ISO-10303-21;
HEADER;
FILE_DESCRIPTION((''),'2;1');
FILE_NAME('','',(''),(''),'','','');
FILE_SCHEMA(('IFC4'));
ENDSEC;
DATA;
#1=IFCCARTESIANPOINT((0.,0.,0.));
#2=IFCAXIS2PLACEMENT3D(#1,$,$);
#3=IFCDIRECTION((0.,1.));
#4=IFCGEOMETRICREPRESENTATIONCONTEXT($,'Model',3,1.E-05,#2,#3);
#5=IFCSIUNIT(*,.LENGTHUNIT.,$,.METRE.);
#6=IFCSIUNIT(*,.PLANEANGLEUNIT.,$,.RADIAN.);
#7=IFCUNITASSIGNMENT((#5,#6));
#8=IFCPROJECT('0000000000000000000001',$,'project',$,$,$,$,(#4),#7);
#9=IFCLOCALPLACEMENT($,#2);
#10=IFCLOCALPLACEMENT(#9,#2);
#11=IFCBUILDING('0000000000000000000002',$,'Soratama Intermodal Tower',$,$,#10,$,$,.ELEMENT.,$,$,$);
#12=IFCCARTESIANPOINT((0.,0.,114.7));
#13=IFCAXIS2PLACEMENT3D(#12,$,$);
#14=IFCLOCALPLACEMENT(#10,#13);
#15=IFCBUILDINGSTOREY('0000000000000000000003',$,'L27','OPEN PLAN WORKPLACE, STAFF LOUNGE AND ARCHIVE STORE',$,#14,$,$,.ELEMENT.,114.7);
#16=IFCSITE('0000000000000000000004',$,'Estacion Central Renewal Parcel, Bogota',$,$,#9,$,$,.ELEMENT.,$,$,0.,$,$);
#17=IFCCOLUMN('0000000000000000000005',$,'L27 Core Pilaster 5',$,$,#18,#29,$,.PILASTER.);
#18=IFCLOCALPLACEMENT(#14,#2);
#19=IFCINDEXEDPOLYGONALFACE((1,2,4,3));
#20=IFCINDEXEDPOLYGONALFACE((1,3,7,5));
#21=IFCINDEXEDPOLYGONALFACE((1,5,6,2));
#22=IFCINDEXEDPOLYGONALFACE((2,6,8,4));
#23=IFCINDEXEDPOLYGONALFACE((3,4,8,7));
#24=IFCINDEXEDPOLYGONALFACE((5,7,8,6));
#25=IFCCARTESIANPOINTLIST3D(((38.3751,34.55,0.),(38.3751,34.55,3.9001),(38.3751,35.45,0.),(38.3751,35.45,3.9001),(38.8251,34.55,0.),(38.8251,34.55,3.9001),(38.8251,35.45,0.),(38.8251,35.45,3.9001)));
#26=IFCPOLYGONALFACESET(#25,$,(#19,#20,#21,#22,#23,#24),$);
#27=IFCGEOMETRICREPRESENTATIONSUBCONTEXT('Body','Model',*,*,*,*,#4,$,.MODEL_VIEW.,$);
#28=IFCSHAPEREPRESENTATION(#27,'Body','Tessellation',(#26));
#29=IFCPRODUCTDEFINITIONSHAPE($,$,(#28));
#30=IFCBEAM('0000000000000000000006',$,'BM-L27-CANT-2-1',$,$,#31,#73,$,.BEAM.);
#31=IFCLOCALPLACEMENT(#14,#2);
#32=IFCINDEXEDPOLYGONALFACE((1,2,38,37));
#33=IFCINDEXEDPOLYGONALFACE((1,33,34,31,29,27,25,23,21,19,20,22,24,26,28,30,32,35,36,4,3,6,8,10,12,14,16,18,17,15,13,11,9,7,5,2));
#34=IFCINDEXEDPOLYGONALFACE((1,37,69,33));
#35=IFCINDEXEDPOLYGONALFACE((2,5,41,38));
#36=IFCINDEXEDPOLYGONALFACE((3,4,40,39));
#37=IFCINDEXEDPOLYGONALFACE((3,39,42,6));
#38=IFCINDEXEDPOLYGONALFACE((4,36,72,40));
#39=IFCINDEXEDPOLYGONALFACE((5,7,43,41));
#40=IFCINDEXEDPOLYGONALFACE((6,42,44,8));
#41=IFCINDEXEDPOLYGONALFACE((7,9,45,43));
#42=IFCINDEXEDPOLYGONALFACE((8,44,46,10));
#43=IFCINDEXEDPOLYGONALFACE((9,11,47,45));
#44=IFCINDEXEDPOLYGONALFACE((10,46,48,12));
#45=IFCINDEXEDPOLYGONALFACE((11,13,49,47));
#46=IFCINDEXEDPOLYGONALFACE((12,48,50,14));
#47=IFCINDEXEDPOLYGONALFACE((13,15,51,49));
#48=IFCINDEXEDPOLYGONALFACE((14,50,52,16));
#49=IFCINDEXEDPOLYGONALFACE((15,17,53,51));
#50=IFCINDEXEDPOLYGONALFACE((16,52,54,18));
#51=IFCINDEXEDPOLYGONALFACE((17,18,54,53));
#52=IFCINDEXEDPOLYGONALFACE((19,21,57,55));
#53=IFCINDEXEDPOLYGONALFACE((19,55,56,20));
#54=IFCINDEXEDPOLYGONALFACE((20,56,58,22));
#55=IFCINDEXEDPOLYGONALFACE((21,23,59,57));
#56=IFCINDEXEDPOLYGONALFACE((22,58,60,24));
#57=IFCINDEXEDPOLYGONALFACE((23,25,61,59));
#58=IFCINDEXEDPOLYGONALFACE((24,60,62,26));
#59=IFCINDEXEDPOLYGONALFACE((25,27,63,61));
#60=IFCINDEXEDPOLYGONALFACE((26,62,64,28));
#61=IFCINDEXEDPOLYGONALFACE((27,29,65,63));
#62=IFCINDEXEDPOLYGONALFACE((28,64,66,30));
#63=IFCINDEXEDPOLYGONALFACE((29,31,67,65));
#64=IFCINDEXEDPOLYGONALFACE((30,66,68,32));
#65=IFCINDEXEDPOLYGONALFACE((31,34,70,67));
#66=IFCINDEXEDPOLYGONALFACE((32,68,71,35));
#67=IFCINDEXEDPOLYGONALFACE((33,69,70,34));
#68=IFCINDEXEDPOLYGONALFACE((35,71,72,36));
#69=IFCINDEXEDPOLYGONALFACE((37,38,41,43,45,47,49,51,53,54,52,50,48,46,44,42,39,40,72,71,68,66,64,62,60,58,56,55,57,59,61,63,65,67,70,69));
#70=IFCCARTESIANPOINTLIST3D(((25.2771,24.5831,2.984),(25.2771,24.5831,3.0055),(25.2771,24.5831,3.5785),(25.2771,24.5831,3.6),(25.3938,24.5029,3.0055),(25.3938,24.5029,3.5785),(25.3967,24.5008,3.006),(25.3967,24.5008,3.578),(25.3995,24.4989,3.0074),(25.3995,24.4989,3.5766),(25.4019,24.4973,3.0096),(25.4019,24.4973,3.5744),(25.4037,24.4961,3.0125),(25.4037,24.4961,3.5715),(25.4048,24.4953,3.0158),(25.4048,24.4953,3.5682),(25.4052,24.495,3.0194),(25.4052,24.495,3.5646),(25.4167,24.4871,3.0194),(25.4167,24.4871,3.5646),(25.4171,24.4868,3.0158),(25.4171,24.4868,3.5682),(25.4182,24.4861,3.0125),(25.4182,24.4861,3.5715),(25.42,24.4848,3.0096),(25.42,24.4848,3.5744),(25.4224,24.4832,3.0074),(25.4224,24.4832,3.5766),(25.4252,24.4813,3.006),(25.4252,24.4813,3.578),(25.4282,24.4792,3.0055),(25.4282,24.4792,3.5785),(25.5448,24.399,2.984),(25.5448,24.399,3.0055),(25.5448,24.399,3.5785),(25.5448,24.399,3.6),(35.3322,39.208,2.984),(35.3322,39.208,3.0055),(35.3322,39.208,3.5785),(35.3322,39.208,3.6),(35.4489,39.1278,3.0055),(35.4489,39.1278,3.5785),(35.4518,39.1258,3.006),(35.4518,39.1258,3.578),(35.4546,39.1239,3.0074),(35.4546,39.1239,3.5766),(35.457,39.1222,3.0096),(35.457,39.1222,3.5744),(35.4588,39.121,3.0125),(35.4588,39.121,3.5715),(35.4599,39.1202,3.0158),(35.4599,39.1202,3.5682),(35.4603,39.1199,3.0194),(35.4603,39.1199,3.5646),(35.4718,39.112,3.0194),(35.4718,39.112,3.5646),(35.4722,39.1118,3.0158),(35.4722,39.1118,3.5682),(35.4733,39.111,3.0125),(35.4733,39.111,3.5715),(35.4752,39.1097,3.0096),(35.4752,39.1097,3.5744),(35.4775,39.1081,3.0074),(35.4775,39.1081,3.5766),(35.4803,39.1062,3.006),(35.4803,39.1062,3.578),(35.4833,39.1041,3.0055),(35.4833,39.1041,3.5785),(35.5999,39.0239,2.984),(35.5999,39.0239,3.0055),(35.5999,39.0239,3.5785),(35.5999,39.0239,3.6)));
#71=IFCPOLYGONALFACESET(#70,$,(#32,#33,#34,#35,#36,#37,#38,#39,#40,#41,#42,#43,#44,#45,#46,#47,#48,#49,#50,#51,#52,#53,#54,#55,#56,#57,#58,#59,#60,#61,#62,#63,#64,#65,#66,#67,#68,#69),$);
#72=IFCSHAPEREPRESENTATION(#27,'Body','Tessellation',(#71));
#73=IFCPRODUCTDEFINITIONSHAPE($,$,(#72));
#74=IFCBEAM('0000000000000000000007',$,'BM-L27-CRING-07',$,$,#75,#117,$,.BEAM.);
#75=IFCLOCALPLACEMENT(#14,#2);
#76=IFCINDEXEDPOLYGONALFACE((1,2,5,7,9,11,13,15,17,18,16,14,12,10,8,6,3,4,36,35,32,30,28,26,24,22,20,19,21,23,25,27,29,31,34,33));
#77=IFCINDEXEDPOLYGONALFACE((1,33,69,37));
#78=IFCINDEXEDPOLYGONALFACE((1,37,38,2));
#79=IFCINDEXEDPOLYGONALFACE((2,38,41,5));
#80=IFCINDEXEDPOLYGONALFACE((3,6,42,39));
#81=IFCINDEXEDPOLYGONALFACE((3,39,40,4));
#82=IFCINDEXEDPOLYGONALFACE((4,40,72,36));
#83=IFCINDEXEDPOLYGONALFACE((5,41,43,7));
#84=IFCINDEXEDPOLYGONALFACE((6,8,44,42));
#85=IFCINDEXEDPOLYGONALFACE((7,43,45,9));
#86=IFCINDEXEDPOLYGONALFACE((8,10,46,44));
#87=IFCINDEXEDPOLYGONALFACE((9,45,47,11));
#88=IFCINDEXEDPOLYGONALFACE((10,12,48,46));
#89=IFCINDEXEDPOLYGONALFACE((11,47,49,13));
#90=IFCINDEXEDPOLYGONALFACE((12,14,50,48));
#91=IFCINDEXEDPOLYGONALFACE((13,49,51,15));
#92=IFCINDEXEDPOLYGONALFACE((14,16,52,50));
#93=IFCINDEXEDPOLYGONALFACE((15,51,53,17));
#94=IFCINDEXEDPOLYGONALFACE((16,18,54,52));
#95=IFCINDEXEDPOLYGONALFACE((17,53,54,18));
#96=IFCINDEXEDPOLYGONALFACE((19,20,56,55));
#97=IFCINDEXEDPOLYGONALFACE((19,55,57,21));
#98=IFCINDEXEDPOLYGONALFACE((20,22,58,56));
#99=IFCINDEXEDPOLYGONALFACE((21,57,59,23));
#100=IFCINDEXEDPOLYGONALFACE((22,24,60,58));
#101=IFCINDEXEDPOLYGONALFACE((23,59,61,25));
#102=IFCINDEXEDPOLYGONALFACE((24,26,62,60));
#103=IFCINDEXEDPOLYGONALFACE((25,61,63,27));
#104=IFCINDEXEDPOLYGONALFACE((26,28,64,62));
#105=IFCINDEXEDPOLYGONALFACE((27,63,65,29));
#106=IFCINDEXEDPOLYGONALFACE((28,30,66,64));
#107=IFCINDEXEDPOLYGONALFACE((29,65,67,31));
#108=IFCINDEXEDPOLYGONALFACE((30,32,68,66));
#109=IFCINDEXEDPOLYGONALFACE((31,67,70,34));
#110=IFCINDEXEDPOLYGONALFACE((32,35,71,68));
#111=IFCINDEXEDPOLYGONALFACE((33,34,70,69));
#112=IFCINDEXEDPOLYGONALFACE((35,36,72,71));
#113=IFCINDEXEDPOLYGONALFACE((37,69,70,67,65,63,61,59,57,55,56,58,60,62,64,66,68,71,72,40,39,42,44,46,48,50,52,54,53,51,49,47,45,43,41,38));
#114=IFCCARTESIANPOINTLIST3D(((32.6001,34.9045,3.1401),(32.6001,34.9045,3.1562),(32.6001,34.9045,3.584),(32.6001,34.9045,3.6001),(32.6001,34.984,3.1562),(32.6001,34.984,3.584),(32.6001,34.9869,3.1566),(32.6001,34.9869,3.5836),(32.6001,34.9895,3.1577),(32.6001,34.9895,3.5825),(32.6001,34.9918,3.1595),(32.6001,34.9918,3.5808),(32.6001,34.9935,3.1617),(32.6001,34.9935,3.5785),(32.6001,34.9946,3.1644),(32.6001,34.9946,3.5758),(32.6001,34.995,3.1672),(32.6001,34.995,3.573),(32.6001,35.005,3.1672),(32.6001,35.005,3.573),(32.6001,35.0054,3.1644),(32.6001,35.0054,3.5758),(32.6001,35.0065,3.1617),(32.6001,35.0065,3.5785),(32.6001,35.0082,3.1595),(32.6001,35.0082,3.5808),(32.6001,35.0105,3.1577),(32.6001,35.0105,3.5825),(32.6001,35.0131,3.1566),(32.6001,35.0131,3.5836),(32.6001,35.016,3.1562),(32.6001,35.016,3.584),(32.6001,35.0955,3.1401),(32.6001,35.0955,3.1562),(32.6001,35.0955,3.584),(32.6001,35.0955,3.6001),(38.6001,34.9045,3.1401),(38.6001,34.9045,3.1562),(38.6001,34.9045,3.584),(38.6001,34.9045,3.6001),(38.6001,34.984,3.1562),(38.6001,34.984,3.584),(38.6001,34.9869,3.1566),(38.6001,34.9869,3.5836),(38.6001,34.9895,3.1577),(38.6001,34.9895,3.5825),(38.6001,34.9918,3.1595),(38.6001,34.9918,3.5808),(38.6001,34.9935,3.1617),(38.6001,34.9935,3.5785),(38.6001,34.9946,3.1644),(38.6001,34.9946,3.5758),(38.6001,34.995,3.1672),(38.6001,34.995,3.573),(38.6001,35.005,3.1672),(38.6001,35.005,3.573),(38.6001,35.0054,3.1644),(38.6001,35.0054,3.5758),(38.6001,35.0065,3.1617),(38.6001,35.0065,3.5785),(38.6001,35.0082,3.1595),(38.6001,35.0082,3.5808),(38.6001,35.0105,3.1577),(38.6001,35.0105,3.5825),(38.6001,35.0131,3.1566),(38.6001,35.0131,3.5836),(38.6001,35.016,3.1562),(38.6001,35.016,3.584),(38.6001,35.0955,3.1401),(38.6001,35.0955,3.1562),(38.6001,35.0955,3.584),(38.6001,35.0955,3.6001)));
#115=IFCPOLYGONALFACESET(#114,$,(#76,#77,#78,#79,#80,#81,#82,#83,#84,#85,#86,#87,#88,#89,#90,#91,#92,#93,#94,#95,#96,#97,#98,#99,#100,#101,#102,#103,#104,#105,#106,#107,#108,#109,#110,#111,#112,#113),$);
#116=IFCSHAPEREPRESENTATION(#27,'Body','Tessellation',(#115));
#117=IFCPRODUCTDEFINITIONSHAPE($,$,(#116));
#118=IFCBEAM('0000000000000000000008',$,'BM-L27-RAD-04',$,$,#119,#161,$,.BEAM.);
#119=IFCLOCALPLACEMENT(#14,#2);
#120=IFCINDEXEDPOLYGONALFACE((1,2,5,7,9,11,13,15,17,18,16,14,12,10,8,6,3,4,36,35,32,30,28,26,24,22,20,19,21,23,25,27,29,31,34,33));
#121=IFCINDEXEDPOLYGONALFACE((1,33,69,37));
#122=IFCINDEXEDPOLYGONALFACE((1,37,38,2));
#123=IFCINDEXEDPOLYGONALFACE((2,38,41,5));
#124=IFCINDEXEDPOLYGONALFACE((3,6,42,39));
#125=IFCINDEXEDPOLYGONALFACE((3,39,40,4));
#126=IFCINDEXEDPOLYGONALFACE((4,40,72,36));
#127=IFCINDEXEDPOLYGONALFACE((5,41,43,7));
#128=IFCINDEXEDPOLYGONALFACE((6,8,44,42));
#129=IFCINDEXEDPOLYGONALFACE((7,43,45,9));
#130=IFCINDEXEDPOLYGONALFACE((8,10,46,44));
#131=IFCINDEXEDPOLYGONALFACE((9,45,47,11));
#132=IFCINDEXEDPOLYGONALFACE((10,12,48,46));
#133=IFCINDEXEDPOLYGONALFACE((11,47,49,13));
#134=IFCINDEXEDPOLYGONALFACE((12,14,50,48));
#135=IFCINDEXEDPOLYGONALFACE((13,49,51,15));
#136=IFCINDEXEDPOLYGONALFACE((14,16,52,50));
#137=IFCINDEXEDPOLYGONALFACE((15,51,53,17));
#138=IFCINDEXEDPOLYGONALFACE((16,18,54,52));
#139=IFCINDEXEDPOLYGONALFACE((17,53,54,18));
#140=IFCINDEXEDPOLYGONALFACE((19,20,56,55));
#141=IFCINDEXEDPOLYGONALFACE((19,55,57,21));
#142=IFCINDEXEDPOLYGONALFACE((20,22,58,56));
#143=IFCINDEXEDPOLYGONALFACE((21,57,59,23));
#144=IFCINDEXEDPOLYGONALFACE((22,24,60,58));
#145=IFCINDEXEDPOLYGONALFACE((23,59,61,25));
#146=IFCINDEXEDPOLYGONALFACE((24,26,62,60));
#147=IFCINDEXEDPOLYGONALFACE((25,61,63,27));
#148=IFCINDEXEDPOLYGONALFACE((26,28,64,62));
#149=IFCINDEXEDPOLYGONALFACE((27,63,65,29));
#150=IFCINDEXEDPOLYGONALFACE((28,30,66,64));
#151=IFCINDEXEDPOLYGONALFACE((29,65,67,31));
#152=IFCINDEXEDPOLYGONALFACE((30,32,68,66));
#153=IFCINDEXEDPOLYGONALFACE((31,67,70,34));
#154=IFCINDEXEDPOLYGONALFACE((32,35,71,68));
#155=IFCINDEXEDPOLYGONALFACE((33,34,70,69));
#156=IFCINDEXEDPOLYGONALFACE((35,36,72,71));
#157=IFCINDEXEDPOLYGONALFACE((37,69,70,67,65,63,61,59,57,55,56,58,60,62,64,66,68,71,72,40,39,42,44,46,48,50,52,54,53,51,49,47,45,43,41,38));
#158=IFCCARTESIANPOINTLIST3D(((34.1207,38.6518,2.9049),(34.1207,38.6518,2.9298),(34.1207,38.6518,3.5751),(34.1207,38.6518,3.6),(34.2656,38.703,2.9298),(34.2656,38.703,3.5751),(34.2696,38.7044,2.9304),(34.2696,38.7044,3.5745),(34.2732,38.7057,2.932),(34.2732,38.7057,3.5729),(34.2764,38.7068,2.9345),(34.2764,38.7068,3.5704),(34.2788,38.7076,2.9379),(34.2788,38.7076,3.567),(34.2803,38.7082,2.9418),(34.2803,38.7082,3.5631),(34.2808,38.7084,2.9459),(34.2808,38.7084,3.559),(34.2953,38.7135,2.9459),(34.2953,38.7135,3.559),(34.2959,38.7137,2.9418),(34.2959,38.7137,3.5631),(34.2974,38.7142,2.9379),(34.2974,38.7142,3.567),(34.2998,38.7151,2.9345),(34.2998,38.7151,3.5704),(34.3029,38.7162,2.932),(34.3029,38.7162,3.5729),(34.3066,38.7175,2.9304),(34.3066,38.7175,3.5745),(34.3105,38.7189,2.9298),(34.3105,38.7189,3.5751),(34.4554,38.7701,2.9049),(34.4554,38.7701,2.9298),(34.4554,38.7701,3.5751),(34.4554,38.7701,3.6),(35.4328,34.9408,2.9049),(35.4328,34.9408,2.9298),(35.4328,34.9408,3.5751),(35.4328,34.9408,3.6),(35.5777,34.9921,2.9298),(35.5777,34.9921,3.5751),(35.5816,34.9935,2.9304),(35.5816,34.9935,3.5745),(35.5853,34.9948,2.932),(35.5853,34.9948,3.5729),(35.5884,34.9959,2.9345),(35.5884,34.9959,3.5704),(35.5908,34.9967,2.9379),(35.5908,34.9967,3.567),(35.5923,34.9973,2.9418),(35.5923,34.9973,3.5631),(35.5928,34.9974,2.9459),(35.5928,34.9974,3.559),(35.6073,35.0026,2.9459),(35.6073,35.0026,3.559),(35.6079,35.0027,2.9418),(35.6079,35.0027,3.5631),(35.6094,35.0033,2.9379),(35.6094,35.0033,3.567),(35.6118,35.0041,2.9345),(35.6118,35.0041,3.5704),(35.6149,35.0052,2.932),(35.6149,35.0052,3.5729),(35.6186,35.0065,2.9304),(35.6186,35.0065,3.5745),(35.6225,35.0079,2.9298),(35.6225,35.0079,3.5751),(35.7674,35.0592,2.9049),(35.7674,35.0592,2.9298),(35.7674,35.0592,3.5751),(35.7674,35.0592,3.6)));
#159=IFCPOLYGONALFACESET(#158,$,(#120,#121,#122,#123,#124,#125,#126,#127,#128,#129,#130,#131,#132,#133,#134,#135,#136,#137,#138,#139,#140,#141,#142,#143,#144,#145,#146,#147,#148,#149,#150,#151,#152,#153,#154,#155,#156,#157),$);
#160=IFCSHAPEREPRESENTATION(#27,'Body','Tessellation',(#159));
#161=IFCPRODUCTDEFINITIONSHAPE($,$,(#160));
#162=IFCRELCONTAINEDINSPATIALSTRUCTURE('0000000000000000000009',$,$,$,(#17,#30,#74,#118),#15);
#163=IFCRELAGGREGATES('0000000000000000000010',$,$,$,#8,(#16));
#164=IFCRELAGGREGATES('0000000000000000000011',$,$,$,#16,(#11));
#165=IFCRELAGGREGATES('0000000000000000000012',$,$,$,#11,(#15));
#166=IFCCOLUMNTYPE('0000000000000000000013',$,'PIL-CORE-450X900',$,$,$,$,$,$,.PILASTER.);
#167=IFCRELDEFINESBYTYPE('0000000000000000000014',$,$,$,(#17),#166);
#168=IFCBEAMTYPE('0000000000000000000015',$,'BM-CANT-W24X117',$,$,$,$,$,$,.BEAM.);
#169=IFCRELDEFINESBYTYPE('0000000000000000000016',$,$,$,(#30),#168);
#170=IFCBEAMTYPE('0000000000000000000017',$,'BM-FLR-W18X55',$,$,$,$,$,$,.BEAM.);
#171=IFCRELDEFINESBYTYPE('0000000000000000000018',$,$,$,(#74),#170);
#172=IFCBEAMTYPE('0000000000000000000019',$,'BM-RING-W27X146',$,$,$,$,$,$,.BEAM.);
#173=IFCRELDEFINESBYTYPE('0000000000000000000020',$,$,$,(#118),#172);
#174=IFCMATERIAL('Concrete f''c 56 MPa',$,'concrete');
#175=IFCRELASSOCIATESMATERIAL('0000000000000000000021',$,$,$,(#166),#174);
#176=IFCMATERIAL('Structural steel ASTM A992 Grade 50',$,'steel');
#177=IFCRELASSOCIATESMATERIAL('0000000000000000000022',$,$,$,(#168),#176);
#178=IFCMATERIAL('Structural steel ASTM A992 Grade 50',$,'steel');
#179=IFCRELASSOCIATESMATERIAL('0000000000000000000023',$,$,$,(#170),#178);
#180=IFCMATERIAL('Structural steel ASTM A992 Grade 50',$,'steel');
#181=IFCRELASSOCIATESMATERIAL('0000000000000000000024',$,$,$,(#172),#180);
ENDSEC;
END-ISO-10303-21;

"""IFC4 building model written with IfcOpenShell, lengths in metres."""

from ifc_helpers import new_model, si_unit, direction, frame, origin, origin_2d, place, context, subcontext, project, spatial, rectangle, i_section, extrude, material, material_profile, profile_set, type_object, element, save


model = new_model("IFC4")

# Units and contexts
model_context = context("Model", 3, precision=1e-05, world=origin(), true_north=direction((0.0, 1.0)))
body_context = subcontext(model_context, "Body", "Model", "MODEL_VIEW")
ifc_project = project(units=[si_unit("LENGTHUNIT", "METRE"), si_unit("PLANEANGLEUNIT", "RADIAN")], contexts=[model_context])

# Site, building, storey
site_placement = place(None, origin())
site = spatial("IfcSite", under=ifc_project, at=site_placement, Name="Estacion Central Renewal Parcel, Bogota", CompositionType="ELEMENT", RefElevation=0.0)
building_placement = place(site_placement, origin())
building = spatial("IfcBuilding", under=site, at=building_placement, Name="Soratama Intermodal Tower", CompositionType="ELEMENT")
storey_placement = place(building_placement, frame((0.0, 0.0, 114.7)))
storey = spatial("IfcBuildingStorey", under=building, at=storey_placement, Name="L27", Description="OPEN PLAN WORKPLACE, STAFF LOUNGE AND ARCHIVE STORE", CompositionType="ELEMENT", Elevation=114.7)

# Column
ifc_material_1 = material(Name="Concrete f'c 56 MPa", Category="concrete")
ifc_material_profile_1 = material_profile(ifc_material_1, rectangle(XDim=0.45, YDim=0.8999, at=origin_2d()), Name="RC450X900")
ifc_profile_set_1 = profile_set([ifc_material_profile_1], Name="Concrete f'c 56 MPa")
column_type = type_object("IfcColumnType", Name="PIL-CORE-450X900", PredefinedType="PILASTER", material=ifc_profile_set_1)
column_placement = place(storey_placement, frame((38.6001, 35.0, 0.0), z_axis=(0.0, 0.0, 1.0), x_axis=(1.0, 0.0, 0.0)))
element("IfcColumn", 1, at=column_placement, inside=storey, type_object=column_type, Name="L27 Core Pilaster 5", PredefinedType="PILASTER", context=body_context, shape_type="SweptSolid", body=[
    extrude(rectangle(XDim=0.45, YDim=0.8999, at=origin_2d()), origin(), (0.0, 0.0, 1.0), 3.9001),
])

# Beams
ifc_material_2 = material(Name="Structural steel ASTM A992 Grade 50", Category="steel")
ifc_material_profile_2 = material_profile(ifc_material_2, i_section(OverallWidth=0.325, OverallDepth=0.616, WebThickness=0.0139, FlangeThickness=0.0215, FilletRadius=0.0139, at=origin_2d()), Name="W24X117")
ifc_profile_set_2 = profile_set([ifc_material_profile_2], Name="Structural steel ASTM A992 Grade 50")
beam_type_1 = type_object("IfcBeamType", Name="BM-CANT-W24X117", PredefinedType="BEAM", material=ifc_profile_set_2)
beam_1_placement = place(storey_placement, frame((35.4661, 39.116, 3.292), z_axis=(-0.566548, -0.824029, 0.0), x_axis=(0.824029, -0.566548, 0.0)))
element("IfcBeam", 2, at=beam_1_placement, inside=storey, type_object=beam_type_1, Name="BM-L27-CANT-2-1", PredefinedType="BEAM", context=body_context, shape_type="SweptSolid", body=[
    extrude(i_section(OverallWidth=0.325, OverallDepth=0.616, WebThickness=0.0139, FlangeThickness=0.0215, FilletRadius=0.0139, at=origin_2d()), origin(), (0.0, 0.0, 1.0), 17.748),
])
ifc_material_3 = material(Name="Structural steel ASTM A992 Grade 50", Category="steel")
ifc_material_profile_3 = material_profile(ifc_material_3, i_section(OverallWidth=0.1909, OverallDepth=0.46, WebThickness=0.01, FlangeThickness=0.0161, FilletRadius=0.011, at=origin_2d()), Name="W18X55")
ifc_profile_set_3 = profile_set([ifc_material_profile_3], Name="Structural steel ASTM A992 Grade 50")
beam_type_2 = type_object("IfcBeamType", Name="BM-FLR-W18X55", PredefinedType="BEAM", material=ifc_profile_set_3)
beam_2_placement = place(storey_placement, frame((38.6001, 35.0, 3.3701), z_axis=(-1.0, 0.0, 0.0), x_axis=(0.0, -1.0, 0.0)))
element("IfcBeam", 3, at=beam_2_placement, inside=storey, type_object=beam_type_2, Name="BM-L27-CRING-07", PredefinedType="BEAM", context=body_context, shape_type="SweptSolid", body=[
    extrude(i_section(OverallWidth=0.1909, OverallDepth=0.46, WebThickness=0.01, FlangeThickness=0.0161, FilletRadius=0.011, at=origin_2d()), origin(), (0.0, 0.0, 1.0), 6.0),
])
ifc_material_4 = material(Name="Structural steel ASTM A992 Grade 50", Category="steel")
ifc_material_profile_4 = material_profile(ifc_material_4, i_section(OverallWidth=0.355, OverallDepth=0.6951, WebThickness=0.0154, FlangeThickness=0.0249, FilletRadius=0.0161, at=origin_2d()), Name="W27X146")
ifc_profile_set_4 = profile_set([ifc_material_profile_4], Name="Structural steel ASTM A992 Grade 50")
beam_type_3 = type_object("IfcBeamType", Name="BM-RING-W27X146", PredefinedType="BEAM", material=ifc_profile_set_4)
beam_3_placement = place(storey_placement, frame((35.6001, 35.0, 3.2524), z_axis=(-0.333333, 0.942809, 0.0), x_axis=(-0.942809, -0.333333, 0.0)))
element("IfcBeam", 4, at=beam_3_placement, inside=storey, type_object=beam_type_3, Name="BM-L27-RAD-04", PredefinedType="BEAM", context=body_context, shape_type="SweptSolid", body=[
    extrude(i_section(OverallWidth=0.355, OverallDepth=0.6951, WebThickness=0.0154, FlangeThickness=0.0249, FilletRadius=0.0161, at=origin_2d()), origin(), (0.0, 0.0, 1.0), 3.936),
])

save(model, "model.ifc")
